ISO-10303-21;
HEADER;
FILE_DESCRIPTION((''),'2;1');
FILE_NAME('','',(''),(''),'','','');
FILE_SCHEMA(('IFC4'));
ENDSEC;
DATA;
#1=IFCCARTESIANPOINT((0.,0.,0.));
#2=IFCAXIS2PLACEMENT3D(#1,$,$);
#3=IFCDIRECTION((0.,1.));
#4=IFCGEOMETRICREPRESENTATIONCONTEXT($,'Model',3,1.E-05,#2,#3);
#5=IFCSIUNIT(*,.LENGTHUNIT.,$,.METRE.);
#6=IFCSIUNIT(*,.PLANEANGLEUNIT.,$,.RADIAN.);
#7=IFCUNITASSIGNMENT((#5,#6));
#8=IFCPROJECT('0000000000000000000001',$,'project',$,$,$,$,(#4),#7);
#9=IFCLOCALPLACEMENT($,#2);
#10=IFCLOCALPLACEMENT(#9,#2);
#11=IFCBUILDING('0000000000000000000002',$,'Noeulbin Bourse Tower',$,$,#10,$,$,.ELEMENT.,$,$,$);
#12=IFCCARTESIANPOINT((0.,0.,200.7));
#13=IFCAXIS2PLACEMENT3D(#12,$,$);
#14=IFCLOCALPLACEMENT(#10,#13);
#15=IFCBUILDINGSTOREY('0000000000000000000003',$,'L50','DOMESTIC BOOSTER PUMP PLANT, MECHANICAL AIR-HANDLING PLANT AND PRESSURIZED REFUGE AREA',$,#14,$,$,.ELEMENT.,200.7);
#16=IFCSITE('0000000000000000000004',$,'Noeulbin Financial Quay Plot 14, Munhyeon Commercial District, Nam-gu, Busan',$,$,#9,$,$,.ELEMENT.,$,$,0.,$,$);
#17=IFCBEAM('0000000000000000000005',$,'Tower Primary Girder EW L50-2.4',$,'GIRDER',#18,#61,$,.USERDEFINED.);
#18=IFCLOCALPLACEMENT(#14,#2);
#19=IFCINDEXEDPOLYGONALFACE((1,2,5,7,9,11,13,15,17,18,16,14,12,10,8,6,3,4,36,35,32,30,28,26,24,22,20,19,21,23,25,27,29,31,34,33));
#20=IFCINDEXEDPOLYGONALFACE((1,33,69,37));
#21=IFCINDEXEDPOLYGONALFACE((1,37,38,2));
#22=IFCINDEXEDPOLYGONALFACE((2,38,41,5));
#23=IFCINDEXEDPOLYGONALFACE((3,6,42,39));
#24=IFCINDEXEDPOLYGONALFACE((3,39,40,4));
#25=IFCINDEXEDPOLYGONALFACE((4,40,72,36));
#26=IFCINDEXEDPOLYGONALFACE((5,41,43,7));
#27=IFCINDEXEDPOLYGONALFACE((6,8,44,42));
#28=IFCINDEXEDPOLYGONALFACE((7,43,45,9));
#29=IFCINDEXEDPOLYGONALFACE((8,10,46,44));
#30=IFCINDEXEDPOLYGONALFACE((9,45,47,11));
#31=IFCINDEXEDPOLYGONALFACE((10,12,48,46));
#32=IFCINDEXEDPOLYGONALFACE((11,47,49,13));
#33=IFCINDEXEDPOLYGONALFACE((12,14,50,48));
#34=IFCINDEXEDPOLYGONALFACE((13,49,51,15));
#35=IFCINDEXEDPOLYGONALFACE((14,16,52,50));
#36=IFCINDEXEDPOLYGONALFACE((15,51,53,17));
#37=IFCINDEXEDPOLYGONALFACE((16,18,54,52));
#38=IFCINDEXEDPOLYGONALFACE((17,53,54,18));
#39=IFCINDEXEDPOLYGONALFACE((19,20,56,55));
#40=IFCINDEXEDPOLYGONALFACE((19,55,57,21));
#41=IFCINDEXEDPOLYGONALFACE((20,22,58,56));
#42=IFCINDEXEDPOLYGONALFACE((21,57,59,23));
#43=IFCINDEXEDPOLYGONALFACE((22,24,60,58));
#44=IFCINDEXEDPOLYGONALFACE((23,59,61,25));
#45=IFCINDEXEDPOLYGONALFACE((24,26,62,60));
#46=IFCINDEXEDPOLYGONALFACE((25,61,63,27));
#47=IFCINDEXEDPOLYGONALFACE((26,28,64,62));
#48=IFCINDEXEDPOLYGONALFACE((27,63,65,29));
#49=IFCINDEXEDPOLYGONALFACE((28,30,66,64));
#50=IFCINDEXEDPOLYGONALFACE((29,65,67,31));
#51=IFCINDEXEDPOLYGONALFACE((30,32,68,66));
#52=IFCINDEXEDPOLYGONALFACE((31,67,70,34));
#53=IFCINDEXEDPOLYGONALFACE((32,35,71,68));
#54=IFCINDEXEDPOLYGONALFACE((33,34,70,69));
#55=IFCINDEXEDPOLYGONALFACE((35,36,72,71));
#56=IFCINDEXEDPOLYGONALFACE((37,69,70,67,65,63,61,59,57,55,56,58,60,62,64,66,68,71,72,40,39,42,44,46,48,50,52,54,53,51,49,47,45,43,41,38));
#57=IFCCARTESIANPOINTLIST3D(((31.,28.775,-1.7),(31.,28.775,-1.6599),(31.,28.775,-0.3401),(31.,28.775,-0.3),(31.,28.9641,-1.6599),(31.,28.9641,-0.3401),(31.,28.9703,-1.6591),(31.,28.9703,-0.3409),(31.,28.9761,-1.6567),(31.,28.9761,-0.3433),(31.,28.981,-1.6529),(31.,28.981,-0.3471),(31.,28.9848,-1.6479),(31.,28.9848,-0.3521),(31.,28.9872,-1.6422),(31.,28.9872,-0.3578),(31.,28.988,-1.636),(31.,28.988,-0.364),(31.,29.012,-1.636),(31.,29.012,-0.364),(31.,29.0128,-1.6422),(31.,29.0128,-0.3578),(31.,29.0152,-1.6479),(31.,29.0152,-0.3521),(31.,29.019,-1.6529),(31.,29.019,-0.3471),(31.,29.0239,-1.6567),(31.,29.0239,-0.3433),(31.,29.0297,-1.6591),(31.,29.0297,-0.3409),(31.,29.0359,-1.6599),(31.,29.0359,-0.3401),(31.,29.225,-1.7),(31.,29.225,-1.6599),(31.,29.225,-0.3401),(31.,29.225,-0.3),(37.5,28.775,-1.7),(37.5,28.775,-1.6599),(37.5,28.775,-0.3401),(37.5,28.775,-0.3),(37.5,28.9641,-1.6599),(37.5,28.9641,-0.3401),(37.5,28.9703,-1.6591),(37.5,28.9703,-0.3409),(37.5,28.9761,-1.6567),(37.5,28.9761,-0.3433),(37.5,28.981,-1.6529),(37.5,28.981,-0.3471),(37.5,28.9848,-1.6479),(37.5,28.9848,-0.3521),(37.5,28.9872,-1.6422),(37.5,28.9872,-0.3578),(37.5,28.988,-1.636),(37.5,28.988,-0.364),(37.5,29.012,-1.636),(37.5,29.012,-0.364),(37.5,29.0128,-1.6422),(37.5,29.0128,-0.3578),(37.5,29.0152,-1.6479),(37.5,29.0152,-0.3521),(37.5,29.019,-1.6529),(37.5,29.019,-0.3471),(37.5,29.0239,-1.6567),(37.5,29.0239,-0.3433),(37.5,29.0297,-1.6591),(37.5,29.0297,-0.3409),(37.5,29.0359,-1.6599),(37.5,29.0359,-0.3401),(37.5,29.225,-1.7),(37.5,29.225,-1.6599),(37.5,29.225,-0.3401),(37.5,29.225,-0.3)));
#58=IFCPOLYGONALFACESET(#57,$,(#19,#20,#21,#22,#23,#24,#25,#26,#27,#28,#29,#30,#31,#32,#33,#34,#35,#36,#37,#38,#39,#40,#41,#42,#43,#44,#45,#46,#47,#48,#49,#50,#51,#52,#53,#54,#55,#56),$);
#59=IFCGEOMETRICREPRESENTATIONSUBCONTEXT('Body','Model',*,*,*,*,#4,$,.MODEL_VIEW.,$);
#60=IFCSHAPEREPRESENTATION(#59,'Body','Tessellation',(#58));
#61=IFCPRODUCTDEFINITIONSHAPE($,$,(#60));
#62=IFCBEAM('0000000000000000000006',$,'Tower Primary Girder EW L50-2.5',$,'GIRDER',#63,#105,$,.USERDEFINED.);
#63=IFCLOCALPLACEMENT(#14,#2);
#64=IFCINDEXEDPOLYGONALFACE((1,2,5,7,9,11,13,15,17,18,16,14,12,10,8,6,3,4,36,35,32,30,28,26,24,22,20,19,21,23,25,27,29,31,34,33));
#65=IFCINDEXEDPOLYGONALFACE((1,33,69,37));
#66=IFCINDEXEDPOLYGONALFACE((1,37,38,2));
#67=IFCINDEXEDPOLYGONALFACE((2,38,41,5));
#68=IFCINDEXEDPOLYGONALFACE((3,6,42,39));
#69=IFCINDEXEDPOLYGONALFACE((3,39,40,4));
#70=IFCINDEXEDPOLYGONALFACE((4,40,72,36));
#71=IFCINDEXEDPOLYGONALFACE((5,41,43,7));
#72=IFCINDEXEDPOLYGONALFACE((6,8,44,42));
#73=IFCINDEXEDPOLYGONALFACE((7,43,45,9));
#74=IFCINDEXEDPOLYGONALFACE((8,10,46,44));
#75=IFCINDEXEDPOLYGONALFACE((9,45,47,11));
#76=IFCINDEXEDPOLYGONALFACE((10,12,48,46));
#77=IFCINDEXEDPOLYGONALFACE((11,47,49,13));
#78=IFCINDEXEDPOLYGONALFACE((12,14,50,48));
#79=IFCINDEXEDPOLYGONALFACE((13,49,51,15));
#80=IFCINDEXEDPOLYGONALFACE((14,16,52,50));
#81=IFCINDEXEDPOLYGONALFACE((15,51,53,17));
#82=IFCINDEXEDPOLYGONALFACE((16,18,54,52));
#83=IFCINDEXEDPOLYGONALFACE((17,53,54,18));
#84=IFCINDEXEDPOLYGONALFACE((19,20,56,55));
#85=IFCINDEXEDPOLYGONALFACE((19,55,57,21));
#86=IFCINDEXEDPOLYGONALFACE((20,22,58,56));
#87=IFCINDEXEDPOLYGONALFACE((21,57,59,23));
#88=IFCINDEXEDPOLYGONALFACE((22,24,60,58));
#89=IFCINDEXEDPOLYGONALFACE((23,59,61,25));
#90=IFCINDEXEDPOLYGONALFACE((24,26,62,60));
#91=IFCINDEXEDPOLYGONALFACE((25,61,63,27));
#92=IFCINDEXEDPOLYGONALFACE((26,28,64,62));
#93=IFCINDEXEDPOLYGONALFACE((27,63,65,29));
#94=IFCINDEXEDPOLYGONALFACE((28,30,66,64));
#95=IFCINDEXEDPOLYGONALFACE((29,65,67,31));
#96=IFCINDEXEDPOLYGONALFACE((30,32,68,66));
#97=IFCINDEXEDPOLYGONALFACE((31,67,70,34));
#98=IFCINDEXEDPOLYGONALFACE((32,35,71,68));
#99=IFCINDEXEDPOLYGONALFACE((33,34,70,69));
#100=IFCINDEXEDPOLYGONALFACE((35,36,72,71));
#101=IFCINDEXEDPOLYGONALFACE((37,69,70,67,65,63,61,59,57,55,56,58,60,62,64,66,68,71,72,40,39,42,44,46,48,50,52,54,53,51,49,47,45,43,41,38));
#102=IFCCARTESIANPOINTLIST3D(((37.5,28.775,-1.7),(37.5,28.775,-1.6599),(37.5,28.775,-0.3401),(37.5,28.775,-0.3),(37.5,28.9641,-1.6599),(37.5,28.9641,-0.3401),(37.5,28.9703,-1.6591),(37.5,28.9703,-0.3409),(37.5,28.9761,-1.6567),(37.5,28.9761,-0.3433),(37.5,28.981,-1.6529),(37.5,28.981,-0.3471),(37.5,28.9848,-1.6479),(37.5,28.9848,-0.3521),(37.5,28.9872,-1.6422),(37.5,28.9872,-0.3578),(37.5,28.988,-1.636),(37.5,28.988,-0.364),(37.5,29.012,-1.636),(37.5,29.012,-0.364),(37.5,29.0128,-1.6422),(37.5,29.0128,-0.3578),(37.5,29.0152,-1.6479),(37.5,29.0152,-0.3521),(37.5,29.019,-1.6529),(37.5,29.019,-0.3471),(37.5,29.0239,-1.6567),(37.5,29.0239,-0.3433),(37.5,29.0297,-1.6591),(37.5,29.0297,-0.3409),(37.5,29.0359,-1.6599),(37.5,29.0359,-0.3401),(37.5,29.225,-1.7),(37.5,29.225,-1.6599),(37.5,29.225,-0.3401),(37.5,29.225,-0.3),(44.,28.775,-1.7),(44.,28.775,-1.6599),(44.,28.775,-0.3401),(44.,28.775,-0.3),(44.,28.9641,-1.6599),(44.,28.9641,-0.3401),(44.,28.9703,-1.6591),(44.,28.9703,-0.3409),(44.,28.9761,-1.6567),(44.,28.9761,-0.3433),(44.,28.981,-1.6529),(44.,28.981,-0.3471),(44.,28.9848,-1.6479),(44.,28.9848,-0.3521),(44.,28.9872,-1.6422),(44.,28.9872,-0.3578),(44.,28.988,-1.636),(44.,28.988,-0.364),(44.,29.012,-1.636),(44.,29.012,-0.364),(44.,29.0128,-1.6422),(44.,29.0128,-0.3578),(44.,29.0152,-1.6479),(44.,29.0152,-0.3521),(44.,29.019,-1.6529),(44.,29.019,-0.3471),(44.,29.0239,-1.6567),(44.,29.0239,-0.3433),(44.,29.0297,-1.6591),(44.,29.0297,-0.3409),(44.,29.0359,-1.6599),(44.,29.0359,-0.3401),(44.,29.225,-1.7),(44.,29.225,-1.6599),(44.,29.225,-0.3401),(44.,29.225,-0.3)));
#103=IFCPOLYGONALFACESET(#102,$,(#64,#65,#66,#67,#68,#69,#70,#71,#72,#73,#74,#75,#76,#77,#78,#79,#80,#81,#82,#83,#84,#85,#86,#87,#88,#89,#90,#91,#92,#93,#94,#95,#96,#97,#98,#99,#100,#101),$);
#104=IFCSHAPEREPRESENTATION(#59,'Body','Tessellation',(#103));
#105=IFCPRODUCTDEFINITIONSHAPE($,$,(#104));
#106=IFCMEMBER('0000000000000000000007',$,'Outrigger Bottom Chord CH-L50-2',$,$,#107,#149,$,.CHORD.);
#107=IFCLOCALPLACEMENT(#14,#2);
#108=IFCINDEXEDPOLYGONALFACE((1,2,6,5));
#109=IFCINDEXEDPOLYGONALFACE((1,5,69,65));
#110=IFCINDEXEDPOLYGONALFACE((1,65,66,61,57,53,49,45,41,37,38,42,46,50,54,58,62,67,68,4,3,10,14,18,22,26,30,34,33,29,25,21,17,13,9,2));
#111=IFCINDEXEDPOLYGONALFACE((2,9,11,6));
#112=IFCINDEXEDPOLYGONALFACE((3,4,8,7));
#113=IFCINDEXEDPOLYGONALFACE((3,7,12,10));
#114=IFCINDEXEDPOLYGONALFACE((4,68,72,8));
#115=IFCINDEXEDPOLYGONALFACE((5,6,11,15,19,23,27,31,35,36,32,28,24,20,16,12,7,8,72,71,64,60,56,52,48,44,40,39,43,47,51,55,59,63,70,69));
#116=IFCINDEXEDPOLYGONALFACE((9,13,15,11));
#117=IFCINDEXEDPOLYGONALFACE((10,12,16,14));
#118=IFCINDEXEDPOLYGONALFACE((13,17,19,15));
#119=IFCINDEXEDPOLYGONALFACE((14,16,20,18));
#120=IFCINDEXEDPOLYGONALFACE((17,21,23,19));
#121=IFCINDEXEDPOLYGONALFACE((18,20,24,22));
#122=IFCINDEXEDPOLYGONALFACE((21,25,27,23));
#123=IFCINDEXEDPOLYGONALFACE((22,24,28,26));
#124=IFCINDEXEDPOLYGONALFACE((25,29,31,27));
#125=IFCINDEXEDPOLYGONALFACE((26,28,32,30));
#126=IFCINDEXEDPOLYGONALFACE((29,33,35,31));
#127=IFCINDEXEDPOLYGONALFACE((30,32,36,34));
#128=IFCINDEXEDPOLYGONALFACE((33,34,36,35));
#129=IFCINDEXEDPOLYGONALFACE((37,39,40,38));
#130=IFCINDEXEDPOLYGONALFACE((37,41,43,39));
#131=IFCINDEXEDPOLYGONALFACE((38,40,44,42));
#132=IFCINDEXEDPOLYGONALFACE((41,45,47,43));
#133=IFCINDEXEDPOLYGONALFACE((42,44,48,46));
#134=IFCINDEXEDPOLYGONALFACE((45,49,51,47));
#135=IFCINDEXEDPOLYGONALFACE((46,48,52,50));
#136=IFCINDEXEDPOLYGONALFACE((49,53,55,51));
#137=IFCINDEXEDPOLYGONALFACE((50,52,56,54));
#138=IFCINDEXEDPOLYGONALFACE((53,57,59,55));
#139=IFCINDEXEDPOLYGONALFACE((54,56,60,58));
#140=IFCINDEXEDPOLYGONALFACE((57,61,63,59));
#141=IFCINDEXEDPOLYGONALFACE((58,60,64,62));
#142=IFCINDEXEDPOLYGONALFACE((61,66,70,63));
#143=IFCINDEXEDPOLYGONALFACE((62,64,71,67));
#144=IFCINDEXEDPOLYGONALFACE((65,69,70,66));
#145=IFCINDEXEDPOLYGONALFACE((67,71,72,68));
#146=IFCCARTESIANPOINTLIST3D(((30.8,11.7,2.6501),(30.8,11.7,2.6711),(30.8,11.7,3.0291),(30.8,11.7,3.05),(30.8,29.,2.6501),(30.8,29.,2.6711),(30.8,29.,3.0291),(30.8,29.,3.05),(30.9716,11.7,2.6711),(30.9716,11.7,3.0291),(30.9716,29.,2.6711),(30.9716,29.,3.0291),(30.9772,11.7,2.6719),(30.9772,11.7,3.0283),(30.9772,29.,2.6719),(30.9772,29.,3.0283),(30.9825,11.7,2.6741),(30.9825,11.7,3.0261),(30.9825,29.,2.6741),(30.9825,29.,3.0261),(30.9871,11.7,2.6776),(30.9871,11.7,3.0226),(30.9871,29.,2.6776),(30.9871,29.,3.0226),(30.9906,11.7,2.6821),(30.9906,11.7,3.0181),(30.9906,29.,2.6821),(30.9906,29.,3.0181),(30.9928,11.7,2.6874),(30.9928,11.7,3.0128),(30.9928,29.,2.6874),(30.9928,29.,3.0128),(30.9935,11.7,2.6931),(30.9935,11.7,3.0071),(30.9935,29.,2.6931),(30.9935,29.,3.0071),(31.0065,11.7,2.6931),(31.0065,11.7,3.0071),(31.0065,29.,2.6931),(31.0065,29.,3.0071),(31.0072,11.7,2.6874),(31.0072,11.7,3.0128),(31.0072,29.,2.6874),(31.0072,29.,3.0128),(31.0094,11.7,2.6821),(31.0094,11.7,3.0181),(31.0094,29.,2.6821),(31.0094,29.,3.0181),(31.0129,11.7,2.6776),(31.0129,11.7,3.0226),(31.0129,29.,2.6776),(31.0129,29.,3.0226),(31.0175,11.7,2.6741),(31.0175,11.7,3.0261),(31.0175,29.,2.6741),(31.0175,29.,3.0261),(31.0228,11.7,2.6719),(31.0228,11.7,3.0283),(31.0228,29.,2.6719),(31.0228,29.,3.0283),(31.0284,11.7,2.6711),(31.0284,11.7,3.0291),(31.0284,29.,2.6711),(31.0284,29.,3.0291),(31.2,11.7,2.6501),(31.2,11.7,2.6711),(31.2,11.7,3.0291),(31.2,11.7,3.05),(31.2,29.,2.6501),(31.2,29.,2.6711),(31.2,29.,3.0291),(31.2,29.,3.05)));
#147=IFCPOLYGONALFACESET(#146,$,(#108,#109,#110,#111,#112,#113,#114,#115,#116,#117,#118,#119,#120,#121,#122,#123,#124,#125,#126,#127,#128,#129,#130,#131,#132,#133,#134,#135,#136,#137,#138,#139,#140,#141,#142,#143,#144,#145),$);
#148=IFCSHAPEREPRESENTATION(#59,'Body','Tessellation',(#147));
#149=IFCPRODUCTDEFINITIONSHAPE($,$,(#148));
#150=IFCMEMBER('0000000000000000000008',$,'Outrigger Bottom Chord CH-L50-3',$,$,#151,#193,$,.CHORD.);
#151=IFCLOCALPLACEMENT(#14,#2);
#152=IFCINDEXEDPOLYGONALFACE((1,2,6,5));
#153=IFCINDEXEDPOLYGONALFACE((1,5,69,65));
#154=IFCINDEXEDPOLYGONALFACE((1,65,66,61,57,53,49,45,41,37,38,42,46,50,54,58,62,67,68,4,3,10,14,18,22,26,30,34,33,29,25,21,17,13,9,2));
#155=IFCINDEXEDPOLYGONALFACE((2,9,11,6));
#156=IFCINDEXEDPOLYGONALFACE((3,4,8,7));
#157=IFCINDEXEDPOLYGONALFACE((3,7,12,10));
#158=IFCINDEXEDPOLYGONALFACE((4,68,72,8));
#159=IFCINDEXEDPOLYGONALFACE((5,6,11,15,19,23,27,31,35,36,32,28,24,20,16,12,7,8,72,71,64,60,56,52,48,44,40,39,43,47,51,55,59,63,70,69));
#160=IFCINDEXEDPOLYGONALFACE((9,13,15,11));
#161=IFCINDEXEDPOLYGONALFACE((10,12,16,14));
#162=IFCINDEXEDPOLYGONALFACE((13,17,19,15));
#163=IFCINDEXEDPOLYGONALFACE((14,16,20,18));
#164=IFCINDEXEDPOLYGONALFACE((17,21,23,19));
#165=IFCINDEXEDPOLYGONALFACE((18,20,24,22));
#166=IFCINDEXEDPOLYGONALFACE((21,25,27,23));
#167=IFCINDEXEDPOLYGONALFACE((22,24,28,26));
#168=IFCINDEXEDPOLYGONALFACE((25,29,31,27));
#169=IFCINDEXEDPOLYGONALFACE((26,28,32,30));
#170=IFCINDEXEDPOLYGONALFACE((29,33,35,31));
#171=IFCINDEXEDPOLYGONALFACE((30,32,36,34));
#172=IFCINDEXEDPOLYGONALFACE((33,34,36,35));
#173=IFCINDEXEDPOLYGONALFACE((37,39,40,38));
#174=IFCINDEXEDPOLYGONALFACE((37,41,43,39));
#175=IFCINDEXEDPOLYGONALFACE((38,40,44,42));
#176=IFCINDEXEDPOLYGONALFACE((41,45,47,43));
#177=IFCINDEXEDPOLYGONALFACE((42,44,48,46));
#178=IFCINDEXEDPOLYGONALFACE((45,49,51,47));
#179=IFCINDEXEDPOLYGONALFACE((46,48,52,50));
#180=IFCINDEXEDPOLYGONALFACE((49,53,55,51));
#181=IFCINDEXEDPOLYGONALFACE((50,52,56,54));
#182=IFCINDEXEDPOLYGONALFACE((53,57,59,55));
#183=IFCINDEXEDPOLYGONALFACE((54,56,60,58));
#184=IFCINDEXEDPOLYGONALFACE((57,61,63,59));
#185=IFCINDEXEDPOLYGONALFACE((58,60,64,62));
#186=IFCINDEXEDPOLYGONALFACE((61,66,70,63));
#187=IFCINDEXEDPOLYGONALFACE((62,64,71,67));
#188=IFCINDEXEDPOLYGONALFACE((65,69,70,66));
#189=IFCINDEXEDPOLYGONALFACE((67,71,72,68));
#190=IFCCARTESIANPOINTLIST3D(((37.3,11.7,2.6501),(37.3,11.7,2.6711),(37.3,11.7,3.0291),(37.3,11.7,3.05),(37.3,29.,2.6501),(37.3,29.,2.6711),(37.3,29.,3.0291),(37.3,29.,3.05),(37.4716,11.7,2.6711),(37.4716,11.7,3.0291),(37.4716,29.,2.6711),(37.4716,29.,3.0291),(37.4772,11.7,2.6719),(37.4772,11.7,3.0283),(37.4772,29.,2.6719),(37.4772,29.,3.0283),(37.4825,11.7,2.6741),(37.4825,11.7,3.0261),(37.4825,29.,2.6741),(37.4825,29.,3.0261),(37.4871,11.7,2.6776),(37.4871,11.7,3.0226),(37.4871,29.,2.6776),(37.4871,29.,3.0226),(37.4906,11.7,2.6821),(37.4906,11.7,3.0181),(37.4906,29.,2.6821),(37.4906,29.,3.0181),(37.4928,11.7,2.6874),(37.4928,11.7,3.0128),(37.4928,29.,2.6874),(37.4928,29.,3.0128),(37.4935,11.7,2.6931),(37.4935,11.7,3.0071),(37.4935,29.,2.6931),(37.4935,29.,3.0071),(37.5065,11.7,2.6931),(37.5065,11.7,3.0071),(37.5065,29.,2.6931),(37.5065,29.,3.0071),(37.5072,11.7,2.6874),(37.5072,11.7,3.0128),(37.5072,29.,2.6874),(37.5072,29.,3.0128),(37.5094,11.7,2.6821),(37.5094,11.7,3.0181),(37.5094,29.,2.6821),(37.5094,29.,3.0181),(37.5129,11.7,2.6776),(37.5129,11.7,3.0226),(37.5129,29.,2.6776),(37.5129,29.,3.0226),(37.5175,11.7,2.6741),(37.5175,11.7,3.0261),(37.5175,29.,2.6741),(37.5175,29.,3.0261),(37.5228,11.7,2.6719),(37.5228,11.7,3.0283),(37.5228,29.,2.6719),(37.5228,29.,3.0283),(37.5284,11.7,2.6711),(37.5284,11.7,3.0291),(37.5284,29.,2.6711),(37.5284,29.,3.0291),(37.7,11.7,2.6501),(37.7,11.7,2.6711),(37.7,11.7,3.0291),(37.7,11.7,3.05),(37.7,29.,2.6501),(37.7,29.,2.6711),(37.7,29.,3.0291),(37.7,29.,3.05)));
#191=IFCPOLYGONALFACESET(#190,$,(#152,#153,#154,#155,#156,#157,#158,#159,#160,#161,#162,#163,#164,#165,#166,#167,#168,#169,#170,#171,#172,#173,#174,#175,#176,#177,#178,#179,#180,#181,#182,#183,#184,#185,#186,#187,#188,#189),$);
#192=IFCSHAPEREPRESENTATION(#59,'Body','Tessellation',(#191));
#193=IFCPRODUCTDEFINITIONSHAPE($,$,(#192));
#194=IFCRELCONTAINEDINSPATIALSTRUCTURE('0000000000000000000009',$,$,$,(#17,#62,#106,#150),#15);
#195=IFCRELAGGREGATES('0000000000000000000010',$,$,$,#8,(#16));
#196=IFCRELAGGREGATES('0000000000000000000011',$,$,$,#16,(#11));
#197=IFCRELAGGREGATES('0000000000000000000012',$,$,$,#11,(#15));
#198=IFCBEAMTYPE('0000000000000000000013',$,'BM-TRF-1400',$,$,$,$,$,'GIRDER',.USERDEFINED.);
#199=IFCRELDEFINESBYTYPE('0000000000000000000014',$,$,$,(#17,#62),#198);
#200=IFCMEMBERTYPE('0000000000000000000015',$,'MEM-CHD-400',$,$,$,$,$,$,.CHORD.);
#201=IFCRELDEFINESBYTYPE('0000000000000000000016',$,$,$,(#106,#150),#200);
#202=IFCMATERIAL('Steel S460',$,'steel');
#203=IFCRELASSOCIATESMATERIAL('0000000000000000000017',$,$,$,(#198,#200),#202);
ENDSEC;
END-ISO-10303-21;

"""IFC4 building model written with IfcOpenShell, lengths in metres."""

from ifc_helpers import new_model, si_unit, direction, frame, origin, origin_2d, place, context, subcontext, project, spatial, i_section, extrude, material, material_profile, profile_set, type_object, element, save


model = new_model("IFC4")

# Units and contexts
model_context = context("Model", 3, precision=1e-05, world=origin(), true_north=direction((0.0, 1.0)))
body_context = subcontext(model_context, "Body", "Model", "MODEL_VIEW")
ifc_project = project(units=[si_unit("LENGTHUNIT", "METRE"), si_unit("PLANEANGLEUNIT", "RADIAN")], contexts=[model_context])

# Site, building, storey
site_placement = place(None, origin())
site = spatial("IfcSite", under=ifc_project, at=site_placement, Name="Noeulbin Financial Quay Plot 14, Munhyeon Commercial District, Nam-gu, Busan", CompositionType="ELEMENT", RefElevation=0.0)
building_placement = place(site_placement, origin())
building = spatial("IfcBuilding", under=site, at=building_placement, Name="Noeulbin Bourse Tower", CompositionType="ELEMENT")
storey_placement = place(building_placement, frame((0.0, 0.0, 200.7)))
storey = spatial("IfcBuildingStorey", under=building, at=storey_placement, Name="L50", Description="DOMESTIC BOOSTER PUMP PLANT, MECHANICAL AIR-HANDLING PLANT AND PRESSURIZED REFUGE AREA", CompositionType="ELEMENT", Elevation=200.7)

# Shared definitions
ifc_material_1 = material(Name="Steel S460", Category="steel")

# Beams
ifc_material_profile_1 = material_profile(ifc_material_1, i_section(OverallWidth=0.45, OverallDepth=1.3999, WebThickness=0.0239, FlangeThickness=0.04, FilletRadius=0.0239, at=origin_2d()), Name="PG-1400x450x24x40", Category="LoadBearing")
ifc_profile_set_1 = profile_set([ifc_material_profile_1], Name="Steel S460")
beam_type_1 = type_object("IfcBeamType", Name="BM-TRF-1400", ElementType="GIRDER", PredefinedType="USERDEFINED", material=ifc_profile_set_1)
for number, where, z_axis, x_axis, name in (
    (1, (31.0, 29.0, -1.0), (1.0, 0.0, 0.0), (0.0, 1.0, 0.0), "Tower Primary Girder EW L50-2.4"),
    (2, (37.5, 29.0, -1.0), (1.0, 0.0, 0.0), (0.0, 1.0, 0.0), "Tower Primary Girder EW L50-2.5"),
):
    element("IfcBeam", number, at=place(storey_placement, frame(where, z_axis=z_axis, x_axis=x_axis)), inside=storey, type_object=beam_type_1, Name=name, ObjectType="GIRDER", PredefinedType="USERDEFINED", context=body_context, shape_type="SweptSolid", body=[
        extrude(i_section(OverallWidth=0.45, OverallDepth=1.3999, WebThickness=0.0239, FlangeThickness=0.04, FilletRadius=0.0239, at=origin_2d()), origin(), (0.0, 0.0, 1.0), 6.5),
    ])

# Members
ifc_material_profile_2 = material_profile(ifc_material_1, i_section(OverallWidth=0.3999, OverallDepth=0.3999, WebThickness=0.0129, FlangeThickness=0.021, FilletRadius=0.022, at=origin_2d()), Name="H-400x400x13x21", Category="LoadBearing")
ifc_profile_set_2 = profile_set([ifc_material_profile_2], Name="Steel S460")
member_type_1 = type_object("IfcMemberType", Name="MEM-CHD-400", PredefinedType="CHORD", material=ifc_profile_set_2)
for number, where, z_axis, x_axis, name in (
    (3, (31.0, 29.0, 2.8501), (0.0, -1.0, 0.0), (1.0, 0.0, 0.0), "Outrigger Bottom Chord CH-L50-2"),
    (4, (37.5, 29.0, 2.8501), (0.0, -1.0, 0.0), (1.0, 0.0, 0.0), "Outrigger Bottom Chord CH-L50-3"),
):
    element("IfcMember", number, at=place(storey_placement, frame(where, z_axis=z_axis, x_axis=x_axis)), inside=storey, type_object=member_type_1, Name=name, PredefinedType="CHORD", context=body_context, shape_type="SweptSolid", body=[
        extrude(i_section(OverallWidth=0.3999, OverallDepth=0.3999, WebThickness=0.0129, FlangeThickness=0.021, FilletRadius=0.022, at=origin_2d()), origin(), (0.0, 0.0, 1.0), 17.3),
    ])

save(model, "model.ifc")
